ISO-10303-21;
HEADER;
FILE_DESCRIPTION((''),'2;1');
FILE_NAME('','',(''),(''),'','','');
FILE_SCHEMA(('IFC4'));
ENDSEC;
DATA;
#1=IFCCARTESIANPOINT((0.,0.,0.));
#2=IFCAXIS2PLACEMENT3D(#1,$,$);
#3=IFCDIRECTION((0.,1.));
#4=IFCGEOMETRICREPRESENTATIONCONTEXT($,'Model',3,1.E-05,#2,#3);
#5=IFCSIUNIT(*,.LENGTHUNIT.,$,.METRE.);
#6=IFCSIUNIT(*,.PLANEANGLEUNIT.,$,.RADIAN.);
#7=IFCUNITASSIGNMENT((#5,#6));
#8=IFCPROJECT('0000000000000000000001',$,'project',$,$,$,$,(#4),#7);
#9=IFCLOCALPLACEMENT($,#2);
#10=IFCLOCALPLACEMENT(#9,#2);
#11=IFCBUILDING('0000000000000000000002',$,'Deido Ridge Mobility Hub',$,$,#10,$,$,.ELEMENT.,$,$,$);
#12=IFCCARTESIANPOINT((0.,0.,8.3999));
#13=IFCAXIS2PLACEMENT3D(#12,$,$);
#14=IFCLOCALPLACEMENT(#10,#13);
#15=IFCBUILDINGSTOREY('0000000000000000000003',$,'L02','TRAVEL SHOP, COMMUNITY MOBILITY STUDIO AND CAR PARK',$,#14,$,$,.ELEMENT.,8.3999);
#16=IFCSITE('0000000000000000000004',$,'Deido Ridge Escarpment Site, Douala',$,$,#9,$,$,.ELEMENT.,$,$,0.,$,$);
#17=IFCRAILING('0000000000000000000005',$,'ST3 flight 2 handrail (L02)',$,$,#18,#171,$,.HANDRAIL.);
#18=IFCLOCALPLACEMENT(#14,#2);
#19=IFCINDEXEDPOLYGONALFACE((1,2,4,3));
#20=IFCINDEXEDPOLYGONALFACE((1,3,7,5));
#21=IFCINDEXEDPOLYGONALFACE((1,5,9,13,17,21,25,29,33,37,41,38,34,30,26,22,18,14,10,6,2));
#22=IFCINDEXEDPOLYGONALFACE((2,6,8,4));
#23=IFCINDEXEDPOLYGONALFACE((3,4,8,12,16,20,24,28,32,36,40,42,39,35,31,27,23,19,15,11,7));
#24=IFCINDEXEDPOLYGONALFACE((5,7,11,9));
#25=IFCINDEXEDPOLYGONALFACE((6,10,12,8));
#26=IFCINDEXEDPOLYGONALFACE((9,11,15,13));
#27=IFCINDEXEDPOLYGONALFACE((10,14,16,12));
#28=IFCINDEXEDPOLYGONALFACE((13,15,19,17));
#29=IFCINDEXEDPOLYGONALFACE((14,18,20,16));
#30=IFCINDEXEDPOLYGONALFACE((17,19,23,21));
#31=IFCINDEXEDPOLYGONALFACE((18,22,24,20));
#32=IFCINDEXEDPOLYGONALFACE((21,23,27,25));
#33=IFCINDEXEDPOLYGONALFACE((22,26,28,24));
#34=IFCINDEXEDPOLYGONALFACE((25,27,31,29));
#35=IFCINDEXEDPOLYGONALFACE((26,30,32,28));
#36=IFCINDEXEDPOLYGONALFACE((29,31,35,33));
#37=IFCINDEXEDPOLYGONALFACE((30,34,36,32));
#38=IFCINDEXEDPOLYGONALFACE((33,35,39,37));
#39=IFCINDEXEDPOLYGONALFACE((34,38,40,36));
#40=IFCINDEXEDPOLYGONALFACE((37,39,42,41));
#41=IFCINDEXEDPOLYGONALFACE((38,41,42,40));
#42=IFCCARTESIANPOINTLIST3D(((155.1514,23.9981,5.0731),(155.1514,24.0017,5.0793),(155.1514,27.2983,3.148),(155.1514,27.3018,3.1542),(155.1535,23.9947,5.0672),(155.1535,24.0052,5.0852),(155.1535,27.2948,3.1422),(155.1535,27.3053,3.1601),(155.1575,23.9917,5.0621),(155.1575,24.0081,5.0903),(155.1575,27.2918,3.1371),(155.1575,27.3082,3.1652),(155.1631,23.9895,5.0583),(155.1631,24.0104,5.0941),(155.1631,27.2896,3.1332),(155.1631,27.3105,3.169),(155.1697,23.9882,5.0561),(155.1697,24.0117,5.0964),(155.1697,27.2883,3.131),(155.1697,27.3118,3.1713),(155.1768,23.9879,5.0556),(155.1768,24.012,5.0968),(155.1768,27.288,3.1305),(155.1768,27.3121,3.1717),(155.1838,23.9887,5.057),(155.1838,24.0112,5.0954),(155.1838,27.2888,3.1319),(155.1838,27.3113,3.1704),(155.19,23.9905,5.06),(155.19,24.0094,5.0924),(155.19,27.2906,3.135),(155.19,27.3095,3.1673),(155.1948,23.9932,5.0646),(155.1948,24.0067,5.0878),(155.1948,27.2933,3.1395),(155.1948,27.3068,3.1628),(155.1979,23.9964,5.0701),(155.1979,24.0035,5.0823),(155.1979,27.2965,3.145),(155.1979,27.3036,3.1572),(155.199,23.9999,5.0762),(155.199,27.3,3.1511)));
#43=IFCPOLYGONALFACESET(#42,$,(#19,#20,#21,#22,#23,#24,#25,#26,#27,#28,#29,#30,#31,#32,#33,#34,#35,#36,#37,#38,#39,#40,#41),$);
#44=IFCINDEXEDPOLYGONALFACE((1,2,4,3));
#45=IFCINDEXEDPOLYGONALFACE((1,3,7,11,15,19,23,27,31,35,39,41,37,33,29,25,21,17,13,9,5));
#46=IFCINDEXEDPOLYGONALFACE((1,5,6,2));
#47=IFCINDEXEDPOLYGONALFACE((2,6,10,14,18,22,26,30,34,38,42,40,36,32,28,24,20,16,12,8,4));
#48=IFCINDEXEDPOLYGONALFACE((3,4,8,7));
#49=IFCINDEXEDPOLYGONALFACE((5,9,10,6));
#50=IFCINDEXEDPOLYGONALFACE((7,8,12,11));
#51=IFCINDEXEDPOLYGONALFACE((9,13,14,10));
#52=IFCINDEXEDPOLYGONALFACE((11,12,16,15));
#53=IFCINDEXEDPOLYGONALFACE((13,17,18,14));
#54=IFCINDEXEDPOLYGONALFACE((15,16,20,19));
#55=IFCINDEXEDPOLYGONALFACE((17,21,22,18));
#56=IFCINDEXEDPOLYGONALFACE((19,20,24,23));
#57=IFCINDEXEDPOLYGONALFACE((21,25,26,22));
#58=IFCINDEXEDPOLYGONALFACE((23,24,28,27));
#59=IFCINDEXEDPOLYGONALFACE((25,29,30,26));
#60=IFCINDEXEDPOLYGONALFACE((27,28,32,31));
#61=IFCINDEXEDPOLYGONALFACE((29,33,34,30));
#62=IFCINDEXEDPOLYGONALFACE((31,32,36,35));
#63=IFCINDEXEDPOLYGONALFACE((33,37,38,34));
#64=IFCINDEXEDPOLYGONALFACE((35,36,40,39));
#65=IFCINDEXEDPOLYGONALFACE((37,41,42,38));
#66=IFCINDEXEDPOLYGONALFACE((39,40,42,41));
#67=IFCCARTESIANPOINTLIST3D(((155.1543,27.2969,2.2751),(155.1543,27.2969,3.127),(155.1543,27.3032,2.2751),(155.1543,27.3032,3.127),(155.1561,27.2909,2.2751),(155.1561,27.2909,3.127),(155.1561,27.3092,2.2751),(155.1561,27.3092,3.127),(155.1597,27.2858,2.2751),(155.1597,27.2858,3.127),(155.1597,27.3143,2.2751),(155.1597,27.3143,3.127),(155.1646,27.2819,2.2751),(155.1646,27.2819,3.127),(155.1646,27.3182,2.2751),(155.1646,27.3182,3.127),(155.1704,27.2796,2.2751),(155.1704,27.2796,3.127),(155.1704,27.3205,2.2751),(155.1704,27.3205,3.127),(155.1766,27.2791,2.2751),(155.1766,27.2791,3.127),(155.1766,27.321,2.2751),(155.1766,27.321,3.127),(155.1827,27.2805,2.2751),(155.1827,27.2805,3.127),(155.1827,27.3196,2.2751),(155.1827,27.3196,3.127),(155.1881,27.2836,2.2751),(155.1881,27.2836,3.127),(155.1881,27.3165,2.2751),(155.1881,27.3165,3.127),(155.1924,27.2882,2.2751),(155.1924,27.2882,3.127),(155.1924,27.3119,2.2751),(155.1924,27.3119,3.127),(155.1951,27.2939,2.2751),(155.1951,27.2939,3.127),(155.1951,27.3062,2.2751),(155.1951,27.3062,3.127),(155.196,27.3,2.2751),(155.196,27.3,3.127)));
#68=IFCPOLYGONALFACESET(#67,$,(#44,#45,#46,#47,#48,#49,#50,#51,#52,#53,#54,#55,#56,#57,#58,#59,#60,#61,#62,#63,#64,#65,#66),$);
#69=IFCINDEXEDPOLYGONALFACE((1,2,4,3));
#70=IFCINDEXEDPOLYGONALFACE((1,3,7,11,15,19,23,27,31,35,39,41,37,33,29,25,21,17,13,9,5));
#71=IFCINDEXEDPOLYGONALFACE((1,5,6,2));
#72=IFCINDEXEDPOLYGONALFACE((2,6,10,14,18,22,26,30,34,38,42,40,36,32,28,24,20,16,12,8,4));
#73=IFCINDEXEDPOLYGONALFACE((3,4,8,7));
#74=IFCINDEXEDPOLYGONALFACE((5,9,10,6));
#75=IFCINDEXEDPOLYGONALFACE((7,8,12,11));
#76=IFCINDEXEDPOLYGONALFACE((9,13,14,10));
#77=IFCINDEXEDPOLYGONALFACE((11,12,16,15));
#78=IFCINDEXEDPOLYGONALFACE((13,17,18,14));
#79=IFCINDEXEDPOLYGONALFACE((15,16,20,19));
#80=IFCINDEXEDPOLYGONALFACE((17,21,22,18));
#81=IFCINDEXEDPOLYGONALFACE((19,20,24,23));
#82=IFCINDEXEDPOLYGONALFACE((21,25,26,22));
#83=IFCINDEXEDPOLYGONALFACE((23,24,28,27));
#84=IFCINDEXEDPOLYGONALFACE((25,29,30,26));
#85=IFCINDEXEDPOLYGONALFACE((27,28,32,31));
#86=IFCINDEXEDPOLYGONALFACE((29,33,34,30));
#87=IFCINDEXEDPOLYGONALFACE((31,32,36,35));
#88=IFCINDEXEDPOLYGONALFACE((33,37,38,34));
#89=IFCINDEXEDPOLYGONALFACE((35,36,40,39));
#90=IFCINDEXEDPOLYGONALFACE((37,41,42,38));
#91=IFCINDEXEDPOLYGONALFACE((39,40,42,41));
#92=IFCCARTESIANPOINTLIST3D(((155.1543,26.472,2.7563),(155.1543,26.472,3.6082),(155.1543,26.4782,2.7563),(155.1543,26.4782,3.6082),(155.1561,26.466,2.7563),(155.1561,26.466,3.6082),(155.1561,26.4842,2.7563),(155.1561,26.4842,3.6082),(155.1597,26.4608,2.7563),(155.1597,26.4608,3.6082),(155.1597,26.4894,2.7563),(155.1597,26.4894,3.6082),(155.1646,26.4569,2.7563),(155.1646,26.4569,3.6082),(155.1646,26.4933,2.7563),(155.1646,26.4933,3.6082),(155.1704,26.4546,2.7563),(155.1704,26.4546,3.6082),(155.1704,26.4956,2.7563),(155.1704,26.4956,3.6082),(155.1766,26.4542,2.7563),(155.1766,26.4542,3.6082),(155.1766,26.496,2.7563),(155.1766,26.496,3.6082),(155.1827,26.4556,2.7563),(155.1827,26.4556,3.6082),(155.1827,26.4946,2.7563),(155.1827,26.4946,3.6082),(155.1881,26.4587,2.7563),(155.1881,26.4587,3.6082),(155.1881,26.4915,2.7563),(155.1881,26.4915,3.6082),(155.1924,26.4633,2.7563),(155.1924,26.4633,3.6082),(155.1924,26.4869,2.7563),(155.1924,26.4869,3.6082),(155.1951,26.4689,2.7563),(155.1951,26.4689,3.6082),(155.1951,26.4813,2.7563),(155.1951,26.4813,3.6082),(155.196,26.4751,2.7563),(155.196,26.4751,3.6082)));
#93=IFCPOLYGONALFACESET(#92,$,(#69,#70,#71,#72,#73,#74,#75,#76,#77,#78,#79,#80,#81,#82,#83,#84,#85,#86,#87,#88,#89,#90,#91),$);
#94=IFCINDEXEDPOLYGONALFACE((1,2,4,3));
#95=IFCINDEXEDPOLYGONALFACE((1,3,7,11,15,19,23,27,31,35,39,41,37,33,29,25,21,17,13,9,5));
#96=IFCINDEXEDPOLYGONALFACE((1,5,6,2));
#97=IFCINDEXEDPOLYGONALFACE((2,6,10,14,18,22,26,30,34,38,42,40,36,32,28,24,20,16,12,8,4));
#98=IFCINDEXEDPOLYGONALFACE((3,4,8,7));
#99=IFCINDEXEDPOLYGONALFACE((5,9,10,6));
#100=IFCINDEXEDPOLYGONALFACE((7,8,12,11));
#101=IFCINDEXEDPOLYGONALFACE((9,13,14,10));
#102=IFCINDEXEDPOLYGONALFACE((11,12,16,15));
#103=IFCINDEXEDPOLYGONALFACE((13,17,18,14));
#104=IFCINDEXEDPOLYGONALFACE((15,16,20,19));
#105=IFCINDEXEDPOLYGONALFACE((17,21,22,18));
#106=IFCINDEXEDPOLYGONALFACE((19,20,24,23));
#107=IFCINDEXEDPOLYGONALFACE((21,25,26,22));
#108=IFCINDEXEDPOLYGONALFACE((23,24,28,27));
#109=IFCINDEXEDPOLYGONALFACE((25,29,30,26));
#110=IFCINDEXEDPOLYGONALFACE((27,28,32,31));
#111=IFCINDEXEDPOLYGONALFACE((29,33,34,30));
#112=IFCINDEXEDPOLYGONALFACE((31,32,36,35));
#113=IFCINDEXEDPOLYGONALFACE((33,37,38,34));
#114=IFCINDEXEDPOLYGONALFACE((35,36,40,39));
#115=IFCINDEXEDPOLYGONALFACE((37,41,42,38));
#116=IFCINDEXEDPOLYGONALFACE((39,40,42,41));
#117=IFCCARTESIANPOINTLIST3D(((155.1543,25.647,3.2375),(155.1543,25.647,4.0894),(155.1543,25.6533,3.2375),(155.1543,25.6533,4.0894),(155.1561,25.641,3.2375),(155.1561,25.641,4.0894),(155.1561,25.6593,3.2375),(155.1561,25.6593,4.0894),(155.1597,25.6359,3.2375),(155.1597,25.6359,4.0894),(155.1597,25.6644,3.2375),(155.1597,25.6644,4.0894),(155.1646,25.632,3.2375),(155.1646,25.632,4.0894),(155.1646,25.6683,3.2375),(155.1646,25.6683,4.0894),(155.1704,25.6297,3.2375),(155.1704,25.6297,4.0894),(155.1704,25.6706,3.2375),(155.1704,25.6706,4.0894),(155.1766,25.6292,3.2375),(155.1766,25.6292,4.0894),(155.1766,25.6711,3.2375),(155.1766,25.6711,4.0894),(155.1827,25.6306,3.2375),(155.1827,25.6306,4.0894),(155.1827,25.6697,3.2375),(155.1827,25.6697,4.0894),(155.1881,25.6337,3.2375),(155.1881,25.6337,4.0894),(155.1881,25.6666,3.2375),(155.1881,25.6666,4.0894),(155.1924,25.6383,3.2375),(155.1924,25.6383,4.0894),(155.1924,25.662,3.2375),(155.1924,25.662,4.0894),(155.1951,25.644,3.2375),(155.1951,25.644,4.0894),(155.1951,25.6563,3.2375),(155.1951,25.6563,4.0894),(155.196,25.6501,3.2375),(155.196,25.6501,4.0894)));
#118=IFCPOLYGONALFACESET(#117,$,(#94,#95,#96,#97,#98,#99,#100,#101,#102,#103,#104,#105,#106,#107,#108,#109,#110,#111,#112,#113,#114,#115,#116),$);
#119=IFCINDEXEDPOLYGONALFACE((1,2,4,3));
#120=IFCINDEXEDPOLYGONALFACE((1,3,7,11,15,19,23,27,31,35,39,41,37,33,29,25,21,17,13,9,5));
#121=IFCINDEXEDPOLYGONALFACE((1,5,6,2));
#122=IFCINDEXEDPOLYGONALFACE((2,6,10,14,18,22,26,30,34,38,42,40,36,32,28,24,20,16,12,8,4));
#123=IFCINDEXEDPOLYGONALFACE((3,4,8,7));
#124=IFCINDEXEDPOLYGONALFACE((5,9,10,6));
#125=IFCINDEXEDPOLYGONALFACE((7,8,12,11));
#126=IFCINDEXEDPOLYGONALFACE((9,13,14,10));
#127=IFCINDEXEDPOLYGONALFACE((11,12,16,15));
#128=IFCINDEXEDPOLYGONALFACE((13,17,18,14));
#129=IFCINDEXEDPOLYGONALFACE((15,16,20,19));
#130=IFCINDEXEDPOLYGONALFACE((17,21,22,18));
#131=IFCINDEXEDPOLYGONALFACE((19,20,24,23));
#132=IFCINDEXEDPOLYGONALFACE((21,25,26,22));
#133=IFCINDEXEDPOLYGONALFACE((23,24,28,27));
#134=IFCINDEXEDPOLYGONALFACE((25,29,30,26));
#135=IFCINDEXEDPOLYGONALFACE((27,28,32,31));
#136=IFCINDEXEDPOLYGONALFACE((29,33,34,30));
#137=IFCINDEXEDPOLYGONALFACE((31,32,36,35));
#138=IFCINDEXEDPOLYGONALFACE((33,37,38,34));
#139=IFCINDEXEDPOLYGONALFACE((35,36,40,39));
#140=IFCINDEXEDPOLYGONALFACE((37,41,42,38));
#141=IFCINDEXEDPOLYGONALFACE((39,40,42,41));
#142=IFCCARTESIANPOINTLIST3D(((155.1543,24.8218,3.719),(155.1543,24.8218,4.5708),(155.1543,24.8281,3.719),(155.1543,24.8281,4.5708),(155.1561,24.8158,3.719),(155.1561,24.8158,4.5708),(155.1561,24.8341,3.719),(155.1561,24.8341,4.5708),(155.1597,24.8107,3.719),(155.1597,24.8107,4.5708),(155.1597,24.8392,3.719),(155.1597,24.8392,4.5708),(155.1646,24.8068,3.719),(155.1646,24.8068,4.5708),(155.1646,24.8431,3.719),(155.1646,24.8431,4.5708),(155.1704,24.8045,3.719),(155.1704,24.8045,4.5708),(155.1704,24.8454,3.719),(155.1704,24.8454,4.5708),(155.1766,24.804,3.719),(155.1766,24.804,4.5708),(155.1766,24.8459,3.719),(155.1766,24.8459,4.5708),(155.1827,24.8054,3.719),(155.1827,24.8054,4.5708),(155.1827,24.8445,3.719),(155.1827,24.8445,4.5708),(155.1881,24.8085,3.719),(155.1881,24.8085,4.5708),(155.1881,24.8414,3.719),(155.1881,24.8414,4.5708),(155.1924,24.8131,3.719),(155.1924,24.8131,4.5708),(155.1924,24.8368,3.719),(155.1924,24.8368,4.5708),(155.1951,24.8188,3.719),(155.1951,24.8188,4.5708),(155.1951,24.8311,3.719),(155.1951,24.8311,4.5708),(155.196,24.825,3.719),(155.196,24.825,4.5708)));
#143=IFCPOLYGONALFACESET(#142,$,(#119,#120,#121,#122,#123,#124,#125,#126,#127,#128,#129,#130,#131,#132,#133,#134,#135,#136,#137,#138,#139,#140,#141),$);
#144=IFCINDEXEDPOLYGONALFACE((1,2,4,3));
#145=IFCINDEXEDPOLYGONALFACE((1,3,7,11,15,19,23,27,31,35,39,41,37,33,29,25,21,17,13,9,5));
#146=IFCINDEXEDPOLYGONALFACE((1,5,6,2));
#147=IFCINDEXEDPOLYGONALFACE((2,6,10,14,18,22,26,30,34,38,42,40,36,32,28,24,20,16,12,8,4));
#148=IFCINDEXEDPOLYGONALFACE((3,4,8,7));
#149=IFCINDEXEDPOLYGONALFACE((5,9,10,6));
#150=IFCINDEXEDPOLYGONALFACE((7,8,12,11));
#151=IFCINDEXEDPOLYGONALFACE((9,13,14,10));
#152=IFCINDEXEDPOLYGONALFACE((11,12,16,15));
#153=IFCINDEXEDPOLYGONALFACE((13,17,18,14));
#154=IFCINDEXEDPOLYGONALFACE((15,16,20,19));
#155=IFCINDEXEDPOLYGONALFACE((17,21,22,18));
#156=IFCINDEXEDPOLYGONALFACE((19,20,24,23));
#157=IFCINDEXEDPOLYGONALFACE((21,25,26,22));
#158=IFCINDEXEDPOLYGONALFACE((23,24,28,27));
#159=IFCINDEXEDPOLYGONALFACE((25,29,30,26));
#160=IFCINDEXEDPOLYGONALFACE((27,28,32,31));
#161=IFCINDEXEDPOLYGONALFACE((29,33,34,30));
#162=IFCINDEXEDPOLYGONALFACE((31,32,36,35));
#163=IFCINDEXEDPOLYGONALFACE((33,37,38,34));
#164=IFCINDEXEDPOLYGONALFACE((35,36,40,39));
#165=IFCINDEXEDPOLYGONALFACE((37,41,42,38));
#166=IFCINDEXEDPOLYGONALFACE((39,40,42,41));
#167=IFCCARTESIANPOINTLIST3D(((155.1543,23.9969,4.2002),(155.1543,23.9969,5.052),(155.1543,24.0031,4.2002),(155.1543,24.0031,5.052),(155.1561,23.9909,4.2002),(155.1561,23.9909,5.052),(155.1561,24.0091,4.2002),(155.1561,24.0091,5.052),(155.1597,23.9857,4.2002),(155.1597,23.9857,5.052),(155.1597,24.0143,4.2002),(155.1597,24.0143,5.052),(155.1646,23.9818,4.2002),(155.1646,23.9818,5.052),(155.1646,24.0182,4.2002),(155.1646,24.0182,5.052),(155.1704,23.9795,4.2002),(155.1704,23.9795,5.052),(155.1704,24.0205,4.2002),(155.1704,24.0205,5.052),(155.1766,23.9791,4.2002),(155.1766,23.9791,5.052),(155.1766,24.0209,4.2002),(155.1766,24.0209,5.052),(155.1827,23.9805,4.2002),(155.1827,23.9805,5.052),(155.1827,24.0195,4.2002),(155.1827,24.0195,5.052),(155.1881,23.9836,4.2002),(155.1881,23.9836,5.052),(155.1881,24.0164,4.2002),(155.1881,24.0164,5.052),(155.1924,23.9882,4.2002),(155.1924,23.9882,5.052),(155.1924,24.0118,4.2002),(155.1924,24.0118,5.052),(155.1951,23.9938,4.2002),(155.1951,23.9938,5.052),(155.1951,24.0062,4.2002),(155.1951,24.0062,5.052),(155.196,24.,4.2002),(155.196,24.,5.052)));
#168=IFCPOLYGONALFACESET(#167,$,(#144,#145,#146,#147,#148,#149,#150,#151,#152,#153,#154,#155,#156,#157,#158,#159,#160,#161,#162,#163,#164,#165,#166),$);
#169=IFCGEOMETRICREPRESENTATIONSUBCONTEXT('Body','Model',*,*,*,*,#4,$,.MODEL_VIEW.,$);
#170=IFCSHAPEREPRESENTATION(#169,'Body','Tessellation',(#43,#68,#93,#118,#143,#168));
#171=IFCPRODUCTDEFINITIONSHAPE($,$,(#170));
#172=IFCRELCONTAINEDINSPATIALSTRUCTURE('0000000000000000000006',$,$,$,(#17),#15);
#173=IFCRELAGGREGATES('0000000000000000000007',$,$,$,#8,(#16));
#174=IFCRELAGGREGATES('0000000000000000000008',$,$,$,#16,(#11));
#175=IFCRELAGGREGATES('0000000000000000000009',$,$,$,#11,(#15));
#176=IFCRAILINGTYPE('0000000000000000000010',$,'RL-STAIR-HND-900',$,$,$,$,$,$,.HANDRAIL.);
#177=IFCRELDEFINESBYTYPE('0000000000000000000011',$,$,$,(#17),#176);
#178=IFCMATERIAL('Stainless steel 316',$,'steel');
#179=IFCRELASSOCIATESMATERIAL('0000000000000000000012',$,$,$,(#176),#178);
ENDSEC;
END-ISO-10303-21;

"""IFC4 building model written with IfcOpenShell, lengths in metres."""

from ifc_helpers import new_model, si_unit, direction, frame, origin, origin_2d, place, context, subcontext, project, spatial, circle, extrude, material, type_object, element, save


model = new_model("IFC4")

# Units and contexts
model_context = context("Model", 3, precision=1e-05, world=origin(), true_north=direction((0.0, 1.0)))
body_context = subcontext(model_context, "Body", "Model", "MODEL_VIEW")
ifc_project = project(units=[si_unit("LENGTHUNIT", "METRE"), si_unit("PLANEANGLEUNIT", "RADIAN")], contexts=[model_context])

# Site, building, storey
site_placement = place(None, origin())
site = spatial("IfcSite", under=ifc_project, at=site_placement, Name="Deido Ridge Escarpment Site, Douala", CompositionType="ELEMENT", RefElevation=0.0)
building_placement = place(site_placement, origin())
building = spatial("IfcBuilding", under=site, at=building_placement, Name="Deido Ridge Mobility Hub", CompositionType="ELEMENT")
storey_placement = place(building_placement, frame((0.0, 0.0, 8.3999)))
storey = spatial("IfcBuildingStorey", under=building, at=storey_placement, Name="L02", Description="TRAVEL SHOP, COMMUNITY MOBILITY STUDIO AND CAR PARK", CompositionType="ELEMENT", Elevation=8.3999)

# Shared definitions
ifc_material_1 = material(Name="Stainless steel 316", Category="steel")

# Railing
railing_type_1 = type_object("IfcRailingType", Name="RL-STAIR-HND-900", PredefinedType="HANDRAIL", material=ifc_material_1)
railing_1_placement = place(storey_placement, frame((155.175, 27.3, 2.2751)))
element("IfcRailing", 1, at=railing_1_placement, inside=storey, type_object=railing_type_1, Name="ST3 flight 2 handrail (L02)", PredefinedType="HANDRAIL", context=body_context, shape_type="SweptSolid", body=[
    extrude(circle(Radius=0.0239, at=origin_2d()), frame((0.0, 0.0, 0.876), z_axis=(0.0, -0.863777, 0.503875), x_axis=(1.0, 0.0, 0.0)), (0.0, 0.0, 1.0), 3.8206),
    extrude(circle(Radius=0.021, at=origin_2d()), origin(), (0.0, 0.0, 1.0), 0.8518),
    extrude(circle(Radius=0.021, at=origin_2d()), frame((0.0, -0.825, 0.4812)), (0.0, 0.0, 1.0), 0.8518),
    extrude(circle(Radius=0.021, at=origin_2d()), frame((0.0, -1.6499, 0.9624)), (0.0, 0.0, 1.0), 0.8518),
    extrude(circle(Radius=0.021, at=origin_2d()), frame((0.0, -2.4751, 1.4438)), (0.0, 0.0, 1.0), 0.8518),
    extrude(circle(Radius=0.021, at=origin_2d()), frame((0.0, -3.3, 1.925)), (0.0, 0.0, 1.0), 0.8518),
])

save(model, "model.ifc")
